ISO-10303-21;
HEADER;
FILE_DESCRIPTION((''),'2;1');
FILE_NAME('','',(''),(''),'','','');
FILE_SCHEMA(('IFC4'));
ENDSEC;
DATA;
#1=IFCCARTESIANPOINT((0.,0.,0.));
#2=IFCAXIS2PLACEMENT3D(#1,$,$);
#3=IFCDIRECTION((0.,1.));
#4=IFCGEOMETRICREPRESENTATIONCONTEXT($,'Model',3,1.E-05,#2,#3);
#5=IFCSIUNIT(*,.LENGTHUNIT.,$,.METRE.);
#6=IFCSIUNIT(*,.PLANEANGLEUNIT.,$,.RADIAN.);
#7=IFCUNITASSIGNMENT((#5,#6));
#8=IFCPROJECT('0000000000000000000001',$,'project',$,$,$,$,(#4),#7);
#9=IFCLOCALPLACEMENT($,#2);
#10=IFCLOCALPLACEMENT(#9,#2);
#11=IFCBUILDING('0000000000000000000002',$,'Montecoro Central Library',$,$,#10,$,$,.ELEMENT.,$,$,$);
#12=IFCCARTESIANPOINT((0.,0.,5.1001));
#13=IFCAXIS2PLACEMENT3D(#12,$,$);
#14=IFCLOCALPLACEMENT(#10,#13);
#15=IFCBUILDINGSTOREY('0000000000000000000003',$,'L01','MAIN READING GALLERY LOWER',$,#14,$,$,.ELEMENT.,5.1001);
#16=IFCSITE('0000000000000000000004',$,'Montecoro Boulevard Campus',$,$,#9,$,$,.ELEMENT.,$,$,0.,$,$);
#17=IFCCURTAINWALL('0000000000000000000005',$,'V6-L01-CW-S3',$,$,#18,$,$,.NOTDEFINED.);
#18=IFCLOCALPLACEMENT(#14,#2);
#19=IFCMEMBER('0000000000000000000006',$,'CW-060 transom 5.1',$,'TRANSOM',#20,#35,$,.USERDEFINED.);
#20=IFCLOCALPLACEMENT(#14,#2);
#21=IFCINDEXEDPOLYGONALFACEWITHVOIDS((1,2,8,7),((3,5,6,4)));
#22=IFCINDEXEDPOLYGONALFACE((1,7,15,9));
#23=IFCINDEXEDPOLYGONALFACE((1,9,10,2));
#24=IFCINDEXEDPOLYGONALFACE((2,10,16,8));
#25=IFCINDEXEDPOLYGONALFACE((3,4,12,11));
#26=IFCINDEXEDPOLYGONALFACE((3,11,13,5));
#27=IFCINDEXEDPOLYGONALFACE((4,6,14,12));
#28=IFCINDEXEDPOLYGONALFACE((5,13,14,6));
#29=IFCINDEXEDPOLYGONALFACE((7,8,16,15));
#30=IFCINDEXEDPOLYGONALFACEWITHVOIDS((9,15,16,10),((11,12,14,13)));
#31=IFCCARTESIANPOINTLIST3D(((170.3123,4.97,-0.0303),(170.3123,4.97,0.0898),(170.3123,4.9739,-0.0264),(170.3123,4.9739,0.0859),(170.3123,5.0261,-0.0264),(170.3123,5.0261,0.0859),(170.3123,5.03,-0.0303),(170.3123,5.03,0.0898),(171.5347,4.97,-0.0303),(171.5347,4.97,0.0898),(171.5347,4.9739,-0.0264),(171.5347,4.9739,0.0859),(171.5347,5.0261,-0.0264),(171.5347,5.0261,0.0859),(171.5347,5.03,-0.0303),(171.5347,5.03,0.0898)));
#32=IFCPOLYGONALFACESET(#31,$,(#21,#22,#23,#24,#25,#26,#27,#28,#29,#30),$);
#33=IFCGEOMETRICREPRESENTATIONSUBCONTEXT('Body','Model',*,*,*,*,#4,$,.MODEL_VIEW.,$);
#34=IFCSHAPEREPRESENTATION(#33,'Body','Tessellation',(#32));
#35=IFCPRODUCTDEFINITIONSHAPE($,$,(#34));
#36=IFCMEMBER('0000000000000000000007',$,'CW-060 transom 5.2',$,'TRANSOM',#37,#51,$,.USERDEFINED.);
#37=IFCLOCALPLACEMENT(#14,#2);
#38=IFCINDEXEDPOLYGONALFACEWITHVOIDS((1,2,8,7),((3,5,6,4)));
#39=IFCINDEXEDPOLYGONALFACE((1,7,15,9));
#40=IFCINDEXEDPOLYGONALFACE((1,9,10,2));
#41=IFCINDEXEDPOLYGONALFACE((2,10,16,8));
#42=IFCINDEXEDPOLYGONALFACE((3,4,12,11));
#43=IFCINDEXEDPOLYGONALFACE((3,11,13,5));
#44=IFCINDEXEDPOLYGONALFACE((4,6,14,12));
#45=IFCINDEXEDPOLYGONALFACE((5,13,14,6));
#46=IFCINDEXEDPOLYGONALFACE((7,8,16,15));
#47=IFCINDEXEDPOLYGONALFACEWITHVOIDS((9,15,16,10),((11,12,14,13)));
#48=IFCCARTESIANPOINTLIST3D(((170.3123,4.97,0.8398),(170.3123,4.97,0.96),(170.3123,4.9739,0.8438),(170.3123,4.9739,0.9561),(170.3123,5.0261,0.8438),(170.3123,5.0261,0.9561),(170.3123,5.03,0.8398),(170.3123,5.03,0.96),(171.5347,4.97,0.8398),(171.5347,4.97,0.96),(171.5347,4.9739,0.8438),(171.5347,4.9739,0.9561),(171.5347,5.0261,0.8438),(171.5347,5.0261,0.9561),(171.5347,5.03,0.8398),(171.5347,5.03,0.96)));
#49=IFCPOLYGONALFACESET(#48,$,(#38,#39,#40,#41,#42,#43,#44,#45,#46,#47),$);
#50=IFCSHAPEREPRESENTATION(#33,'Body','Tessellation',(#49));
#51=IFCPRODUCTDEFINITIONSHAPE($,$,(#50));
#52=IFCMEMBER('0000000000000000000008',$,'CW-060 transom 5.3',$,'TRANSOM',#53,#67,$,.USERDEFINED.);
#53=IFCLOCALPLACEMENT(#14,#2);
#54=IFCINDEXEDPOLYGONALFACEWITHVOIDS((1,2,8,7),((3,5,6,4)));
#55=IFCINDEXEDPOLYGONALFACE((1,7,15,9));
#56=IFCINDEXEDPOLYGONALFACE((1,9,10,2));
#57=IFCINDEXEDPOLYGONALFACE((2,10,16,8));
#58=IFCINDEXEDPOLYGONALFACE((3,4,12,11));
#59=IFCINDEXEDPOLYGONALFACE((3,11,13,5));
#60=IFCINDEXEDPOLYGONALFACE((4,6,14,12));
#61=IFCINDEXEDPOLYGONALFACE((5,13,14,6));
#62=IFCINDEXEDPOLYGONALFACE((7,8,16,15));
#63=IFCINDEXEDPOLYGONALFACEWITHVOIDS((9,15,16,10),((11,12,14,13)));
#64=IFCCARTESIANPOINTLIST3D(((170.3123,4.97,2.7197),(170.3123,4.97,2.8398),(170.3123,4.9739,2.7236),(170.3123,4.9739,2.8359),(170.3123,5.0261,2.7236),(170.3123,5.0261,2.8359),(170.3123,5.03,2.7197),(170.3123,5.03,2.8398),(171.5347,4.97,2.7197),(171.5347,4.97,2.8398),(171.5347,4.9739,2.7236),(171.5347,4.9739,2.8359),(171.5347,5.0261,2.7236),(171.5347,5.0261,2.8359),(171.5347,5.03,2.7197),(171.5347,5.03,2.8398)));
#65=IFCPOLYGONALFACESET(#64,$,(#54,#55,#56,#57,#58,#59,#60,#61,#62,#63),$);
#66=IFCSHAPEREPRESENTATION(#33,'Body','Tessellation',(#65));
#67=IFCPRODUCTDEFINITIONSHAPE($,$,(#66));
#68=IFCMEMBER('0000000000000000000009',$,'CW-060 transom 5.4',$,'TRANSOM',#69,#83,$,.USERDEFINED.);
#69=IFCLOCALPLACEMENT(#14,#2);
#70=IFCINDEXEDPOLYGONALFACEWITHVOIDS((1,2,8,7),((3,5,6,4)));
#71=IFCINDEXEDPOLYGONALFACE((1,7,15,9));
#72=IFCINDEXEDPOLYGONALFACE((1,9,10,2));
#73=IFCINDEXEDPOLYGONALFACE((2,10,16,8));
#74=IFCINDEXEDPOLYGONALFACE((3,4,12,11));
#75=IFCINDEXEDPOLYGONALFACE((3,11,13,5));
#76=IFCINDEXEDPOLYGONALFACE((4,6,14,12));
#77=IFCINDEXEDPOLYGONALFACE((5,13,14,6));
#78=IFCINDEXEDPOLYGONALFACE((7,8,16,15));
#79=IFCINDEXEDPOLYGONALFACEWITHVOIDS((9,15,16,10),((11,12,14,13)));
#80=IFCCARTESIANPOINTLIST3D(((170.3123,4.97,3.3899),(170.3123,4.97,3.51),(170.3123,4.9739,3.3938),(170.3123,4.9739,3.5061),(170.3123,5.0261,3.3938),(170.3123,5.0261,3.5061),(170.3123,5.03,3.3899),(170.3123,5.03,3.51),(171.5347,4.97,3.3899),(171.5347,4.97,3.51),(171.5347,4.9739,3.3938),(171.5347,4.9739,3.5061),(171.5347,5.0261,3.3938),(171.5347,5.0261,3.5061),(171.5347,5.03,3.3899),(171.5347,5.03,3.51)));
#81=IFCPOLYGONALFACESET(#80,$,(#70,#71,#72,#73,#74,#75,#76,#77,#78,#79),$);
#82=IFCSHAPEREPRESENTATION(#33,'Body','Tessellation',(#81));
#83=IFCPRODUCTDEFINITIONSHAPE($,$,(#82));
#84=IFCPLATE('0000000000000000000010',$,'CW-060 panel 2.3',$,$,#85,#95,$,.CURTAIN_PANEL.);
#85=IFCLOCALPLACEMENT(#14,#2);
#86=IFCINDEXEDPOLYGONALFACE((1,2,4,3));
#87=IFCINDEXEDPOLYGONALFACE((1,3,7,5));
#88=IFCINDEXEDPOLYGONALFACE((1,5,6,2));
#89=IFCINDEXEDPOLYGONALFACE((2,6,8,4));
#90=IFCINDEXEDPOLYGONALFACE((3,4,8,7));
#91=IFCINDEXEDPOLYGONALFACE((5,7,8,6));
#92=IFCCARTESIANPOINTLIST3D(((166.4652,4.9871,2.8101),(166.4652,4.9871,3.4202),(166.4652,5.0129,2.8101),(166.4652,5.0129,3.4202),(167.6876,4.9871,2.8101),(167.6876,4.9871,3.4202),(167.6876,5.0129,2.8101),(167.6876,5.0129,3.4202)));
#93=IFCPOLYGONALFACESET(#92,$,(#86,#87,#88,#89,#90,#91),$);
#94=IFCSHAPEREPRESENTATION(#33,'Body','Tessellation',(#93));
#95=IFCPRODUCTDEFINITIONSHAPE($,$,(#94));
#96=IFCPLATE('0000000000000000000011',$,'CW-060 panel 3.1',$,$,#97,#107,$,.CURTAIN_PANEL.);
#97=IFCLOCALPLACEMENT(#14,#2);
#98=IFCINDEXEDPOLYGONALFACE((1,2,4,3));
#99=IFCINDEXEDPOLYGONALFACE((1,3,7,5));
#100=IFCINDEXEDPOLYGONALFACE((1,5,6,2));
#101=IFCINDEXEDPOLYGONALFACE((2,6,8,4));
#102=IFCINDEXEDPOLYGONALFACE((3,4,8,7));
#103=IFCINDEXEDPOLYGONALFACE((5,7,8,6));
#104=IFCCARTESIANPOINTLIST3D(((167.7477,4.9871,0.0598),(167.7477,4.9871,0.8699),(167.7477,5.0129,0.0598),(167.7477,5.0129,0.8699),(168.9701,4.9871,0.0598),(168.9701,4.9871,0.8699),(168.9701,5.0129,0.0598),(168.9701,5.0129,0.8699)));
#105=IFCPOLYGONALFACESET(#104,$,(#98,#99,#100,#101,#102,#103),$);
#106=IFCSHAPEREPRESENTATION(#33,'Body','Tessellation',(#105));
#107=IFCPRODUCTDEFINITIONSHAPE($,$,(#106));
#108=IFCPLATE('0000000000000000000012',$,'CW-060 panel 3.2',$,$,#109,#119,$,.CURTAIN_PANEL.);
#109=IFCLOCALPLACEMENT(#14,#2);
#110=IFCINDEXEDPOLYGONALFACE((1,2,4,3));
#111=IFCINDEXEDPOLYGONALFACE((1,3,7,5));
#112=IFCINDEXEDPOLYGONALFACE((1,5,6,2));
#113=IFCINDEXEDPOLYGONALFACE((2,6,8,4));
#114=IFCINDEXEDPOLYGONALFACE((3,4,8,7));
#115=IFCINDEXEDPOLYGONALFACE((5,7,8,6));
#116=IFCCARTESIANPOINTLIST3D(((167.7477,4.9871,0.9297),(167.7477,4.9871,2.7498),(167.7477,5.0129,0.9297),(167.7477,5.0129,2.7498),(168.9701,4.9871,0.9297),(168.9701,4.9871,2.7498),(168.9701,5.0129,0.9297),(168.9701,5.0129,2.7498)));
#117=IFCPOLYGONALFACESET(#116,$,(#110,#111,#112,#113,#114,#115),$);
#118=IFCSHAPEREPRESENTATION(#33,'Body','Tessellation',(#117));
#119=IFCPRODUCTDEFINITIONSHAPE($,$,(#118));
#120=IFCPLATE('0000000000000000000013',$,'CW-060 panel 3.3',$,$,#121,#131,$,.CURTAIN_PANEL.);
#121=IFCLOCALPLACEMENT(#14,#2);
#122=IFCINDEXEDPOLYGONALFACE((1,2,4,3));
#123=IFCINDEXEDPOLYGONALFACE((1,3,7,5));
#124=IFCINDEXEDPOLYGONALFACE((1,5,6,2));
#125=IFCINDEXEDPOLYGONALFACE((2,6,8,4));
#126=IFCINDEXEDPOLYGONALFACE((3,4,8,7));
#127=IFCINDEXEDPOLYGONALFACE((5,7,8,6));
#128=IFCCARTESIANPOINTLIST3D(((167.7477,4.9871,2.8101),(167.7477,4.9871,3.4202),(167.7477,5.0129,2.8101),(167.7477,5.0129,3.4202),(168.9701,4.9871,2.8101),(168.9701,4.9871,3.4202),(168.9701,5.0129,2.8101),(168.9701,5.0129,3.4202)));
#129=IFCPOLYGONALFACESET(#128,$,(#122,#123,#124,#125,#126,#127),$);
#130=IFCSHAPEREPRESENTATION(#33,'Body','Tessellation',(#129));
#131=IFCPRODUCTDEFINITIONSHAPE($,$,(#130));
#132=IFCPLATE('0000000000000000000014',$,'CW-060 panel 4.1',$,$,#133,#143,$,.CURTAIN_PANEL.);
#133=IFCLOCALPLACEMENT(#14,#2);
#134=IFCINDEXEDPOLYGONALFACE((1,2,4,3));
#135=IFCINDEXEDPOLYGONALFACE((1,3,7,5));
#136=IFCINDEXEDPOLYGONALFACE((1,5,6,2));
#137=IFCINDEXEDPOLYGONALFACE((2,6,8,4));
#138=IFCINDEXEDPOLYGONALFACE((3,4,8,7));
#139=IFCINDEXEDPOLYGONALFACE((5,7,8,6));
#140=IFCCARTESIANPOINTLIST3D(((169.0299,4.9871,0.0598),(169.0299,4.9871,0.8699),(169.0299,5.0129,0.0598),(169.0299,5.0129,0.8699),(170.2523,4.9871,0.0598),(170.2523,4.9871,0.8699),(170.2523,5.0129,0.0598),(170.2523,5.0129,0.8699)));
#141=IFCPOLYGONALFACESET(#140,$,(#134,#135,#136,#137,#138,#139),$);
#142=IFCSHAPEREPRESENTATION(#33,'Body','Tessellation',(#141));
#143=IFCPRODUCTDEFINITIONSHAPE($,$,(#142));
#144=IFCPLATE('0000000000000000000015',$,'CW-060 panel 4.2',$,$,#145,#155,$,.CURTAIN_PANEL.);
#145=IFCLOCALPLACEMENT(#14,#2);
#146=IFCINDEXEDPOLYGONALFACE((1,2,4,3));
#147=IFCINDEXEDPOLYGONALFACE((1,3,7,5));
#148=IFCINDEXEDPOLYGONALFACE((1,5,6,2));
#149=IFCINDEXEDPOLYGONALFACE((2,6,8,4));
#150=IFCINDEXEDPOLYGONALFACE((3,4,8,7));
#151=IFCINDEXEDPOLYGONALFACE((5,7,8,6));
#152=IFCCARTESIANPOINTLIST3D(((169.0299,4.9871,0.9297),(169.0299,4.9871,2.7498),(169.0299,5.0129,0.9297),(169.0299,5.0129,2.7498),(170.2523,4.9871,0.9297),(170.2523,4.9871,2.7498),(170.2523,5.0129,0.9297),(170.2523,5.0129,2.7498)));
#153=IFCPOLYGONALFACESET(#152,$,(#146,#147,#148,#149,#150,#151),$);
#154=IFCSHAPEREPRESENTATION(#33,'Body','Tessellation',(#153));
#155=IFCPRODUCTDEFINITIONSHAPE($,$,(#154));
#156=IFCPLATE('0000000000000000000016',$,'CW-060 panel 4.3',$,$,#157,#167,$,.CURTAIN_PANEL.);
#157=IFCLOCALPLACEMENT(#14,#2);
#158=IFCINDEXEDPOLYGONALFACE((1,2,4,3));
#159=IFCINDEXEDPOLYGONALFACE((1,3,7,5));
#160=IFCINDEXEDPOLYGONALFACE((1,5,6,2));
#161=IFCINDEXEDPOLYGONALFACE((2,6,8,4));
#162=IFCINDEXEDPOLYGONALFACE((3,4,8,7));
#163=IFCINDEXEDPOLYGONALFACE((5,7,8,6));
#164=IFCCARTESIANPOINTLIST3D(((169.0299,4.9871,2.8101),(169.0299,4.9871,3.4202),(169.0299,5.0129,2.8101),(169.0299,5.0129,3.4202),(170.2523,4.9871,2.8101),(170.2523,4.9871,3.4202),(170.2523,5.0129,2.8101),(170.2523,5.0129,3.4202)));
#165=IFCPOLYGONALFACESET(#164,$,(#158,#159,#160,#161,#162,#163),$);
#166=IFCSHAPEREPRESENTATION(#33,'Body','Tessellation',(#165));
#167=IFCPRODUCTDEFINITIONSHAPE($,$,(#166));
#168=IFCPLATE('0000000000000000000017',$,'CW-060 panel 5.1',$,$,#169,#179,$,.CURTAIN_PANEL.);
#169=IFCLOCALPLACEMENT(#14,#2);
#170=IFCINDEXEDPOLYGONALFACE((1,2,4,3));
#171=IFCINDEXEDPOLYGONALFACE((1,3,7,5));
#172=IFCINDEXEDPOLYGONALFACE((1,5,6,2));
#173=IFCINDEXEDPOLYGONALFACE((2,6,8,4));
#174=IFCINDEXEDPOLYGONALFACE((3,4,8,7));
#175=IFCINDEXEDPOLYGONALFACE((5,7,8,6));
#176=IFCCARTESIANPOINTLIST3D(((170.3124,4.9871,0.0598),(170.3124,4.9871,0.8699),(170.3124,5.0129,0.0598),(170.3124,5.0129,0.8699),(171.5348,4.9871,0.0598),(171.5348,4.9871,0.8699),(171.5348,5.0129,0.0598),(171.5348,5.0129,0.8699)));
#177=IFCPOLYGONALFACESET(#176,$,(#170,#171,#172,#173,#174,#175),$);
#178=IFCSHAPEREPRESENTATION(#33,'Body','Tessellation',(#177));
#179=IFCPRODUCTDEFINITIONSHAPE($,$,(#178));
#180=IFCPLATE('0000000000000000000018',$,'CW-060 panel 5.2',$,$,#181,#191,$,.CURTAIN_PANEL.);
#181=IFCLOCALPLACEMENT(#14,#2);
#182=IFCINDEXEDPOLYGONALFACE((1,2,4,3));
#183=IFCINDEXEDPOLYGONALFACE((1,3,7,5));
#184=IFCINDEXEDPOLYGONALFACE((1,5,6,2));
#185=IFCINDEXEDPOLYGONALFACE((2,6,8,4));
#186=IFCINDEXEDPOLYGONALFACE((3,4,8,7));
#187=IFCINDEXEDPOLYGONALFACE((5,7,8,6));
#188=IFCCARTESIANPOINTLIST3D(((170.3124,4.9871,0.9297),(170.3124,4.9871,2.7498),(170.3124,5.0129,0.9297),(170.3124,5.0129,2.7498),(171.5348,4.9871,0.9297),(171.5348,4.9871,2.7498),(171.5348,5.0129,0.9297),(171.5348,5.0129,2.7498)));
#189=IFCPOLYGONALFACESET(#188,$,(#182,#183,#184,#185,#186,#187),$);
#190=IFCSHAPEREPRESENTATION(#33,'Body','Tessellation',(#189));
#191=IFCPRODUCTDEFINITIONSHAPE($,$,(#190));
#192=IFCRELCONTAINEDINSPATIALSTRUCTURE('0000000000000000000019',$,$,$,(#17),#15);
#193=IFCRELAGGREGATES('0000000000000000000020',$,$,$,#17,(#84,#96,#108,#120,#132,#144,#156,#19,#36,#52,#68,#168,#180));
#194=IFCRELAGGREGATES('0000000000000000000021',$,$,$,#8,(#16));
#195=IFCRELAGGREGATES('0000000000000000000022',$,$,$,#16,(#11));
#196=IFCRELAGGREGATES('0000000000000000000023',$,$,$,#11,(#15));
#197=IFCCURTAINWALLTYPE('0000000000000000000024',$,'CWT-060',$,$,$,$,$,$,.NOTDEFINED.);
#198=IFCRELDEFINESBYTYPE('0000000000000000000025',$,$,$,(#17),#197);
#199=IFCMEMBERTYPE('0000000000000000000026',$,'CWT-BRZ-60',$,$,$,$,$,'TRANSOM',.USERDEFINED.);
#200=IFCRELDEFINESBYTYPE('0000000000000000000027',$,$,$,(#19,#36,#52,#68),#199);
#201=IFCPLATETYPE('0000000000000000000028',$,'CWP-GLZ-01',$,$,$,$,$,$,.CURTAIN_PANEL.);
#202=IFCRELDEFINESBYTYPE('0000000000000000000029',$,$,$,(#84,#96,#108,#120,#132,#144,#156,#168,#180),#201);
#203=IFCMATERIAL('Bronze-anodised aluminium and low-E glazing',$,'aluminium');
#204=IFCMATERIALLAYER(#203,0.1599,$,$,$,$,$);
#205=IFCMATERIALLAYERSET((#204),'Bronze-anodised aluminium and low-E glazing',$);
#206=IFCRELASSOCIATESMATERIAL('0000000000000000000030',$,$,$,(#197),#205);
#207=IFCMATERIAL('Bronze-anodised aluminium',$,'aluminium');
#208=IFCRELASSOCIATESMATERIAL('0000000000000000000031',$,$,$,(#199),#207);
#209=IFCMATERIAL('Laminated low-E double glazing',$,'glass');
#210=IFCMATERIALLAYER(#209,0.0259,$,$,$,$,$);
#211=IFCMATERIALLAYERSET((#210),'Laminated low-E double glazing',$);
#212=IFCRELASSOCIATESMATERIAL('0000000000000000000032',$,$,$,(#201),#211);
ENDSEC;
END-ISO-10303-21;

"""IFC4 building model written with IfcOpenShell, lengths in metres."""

from ifc_helpers import new_model, si_unit, direction, frame, origin, origin_2d, place, context, subcontext, project, spatial, rectangle, hollow_rectangle, extrude, material, layer, layer_set, material_profile, profile_set, type_object, element, aggregate, save


model = new_model("IFC4")

# Units and contexts
model_context = context("Model", 3, precision=1e-05, world=origin(), true_north=direction((0.0, 1.0)))
body_context = subcontext(model_context, "Body", "Model", "MODEL_VIEW")
ifc_project = project(units=[si_unit("LENGTHUNIT", "METRE"), si_unit("PLANEANGLEUNIT", "RADIAN")], contexts=[model_context])

# Site, building, storey
site_placement = place(None, origin())
site = spatial("IfcSite", under=ifc_project, at=site_placement, Name="Montecoro Boulevard Campus", CompositionType="ELEMENT", RefElevation=0.0)
building_placement = place(site_placement, origin())
building = spatial("IfcBuilding", under=site, at=building_placement, Name="Montecoro Central Library", CompositionType="ELEMENT")
storey_placement = place(building_placement, frame((0.0, 0.0, 5.1001)))
storey = spatial("IfcBuildingStorey", under=building, at=storey_placement, Name="L01", Description="MAIN READING GALLERY LOWER", CompositionType="ELEMENT", Elevation=5.1001)

# Curtain wall, members, plates
ifc_material_1 = material(Name="Bronze-anodised aluminium and low-E glazing", Category="aluminium")
ifc_layer_1 = layer(ifc_material_1, 0.1599)
ifc_layer_set_1 = layer_set([ifc_layer_1], Name="Bronze-anodised aluminium and low-E glazing")
curtain_wall_type = type_object("IfcCurtainWallType", Name="CWT-060", PredefinedType="NOTDEFINED", material=ifc_layer_set_1)
curtain_wall_placement = place(storey_placement, origin())
curtain_wall = element("IfcCurtainWall", 1, at=curtain_wall_placement, inside=storey, type_object=curtain_wall_type, Name="V6-L01-CW-S3", PredefinedType="NOTDEFINED")
ifc_material_2 = material(Name="Bronze-anodised aluminium", Category="aluminium")
ifc_material_profile_1 = material_profile(ifc_material_2, hollow_rectangle(XDim=0.0601, YDim=0.1201, WallThickness=0.0039, at=origin_2d()), Name="CWT 120x60x4.0")
ifc_profile_set_1 = profile_set([ifc_material_profile_1], Name="Bronze-anodised aluminium")
member_type_1 = type_object("IfcMemberType", Name="CWT-BRZ-60", ElementType="TRANSOM", PredefinedType="USERDEFINED", material=ifc_profile_set_1)
member_1_placement = place(storey_placement, frame((170.3123, 5.0, 0.0298), z_axis=(1.0, 0.0, 0.0), x_axis=(0.0, 1.0, 0.0)))
member_1 = element("IfcMember", 2, at=member_1_placement, type_object=member_type_1, Name="CW-060 transom 5.1", ObjectType="TRANSOM", PredefinedType="USERDEFINED", context=body_context, shape_type="SweptSolid", body=[
    extrude(hollow_rectangle(XDim=0.0601, YDim=0.1201, WallThickness=0.0039, at=origin_2d()), origin(), (0.0, 0.0, 1.0), 1.2224),
])
member_2_placement = place(storey_placement, frame((170.3123, 5.0, 0.8999), z_axis=(1.0, 0.0, 0.0), x_axis=(0.0, 1.0, 0.0)))
member_2 = element("IfcMember", 3, at=member_2_placement, type_object=member_type_1, Name="CW-060 transom 5.2", ObjectType="TRANSOM", PredefinedType="USERDEFINED", context=body_context, shape_type="SweptSolid", body=[
    extrude(hollow_rectangle(XDim=0.0601, YDim=0.1201, WallThickness=0.0039, at=origin_2d()), origin(), (0.0, 0.0, 1.0), 1.2224),
])
member_3_placement = place(storey_placement, frame((170.3123, 5.0, 2.7798), z_axis=(1.0, 0.0, 0.0), x_axis=(0.0, 1.0, 0.0)))
member_3 = element("IfcMember", 4, at=member_3_placement, type_object=member_type_1, Name="CW-060 transom 5.3", ObjectType="TRANSOM", PredefinedType="USERDEFINED", context=body_context, shape_type="SweptSolid", body=[
    extrude(hollow_rectangle(XDim=0.0601, YDim=0.1201, WallThickness=0.0039, at=origin_2d()), origin(), (0.0, 0.0, 1.0), 1.2224),
])
member_4_placement = place(storey_placement, frame((170.3123, 5.0, 3.45), z_axis=(1.0, 0.0, 0.0), x_axis=(0.0, 1.0, 0.0)))
member_4 = element("IfcMember", 5, at=member_4_placement, type_object=member_type_1, Name="CW-060 transom 5.4", ObjectType="TRANSOM", PredefinedType="USERDEFINED", context=body_context, shape_type="SweptSolid", body=[
    extrude(hollow_rectangle(XDim=0.0601, YDim=0.1201, WallThickness=0.0039, at=origin_2d()), origin(), (0.0, 0.0, 1.0), 1.2224),
])
ifc_material_3 = material(Name="Laminated low-E double glazing", Category="glass")
ifc_layer_2 = layer(ifc_material_3, 0.0259)
ifc_layer_set_2 = layer_set([ifc_layer_2], Name="Laminated low-E double glazing")
plate_type = type_object("IfcPlateType", Name="CWP-GLZ-01", PredefinedType="CURTAIN_PANEL", material=ifc_layer_set_2)
plate_1_placement = place(storey_placement, frame((167.0764, 5.0, 2.8101), z_axis=(0.0, 0.0, 1.0), x_axis=(1.0, 0.0, 0.0)))
plate_1 = element("IfcPlate", 6, at=plate_1_placement, type_object=plate_type, Name="CW-060 panel 2.3", PredefinedType="CURTAIN_PANEL", context=body_context, shape_type="SweptSolid", body=[
    extrude(rectangle(XDim=1.2224, YDim=0.0259, at=origin_2d()), origin(), (0.0, 0.0, 1.0), 0.6101),
])
plate_2_placement = place(storey_placement, frame((168.3589, 5.0, 0.0598), z_axis=(0.0, 0.0, 1.0), x_axis=(1.0, 0.0, 0.0)))
plate_2 = element("IfcPlate", 7, at=plate_2_placement, type_object=plate_type, Name="CW-060 panel 3.1", PredefinedType="CURTAIN_PANEL", context=body_context, shape_type="SweptSolid", body=[
    extrude(rectangle(XDim=1.2224, YDim=0.0259, at=origin_2d()), origin(), (0.0, 0.0, 1.0), 0.8101),
])
plate_3_placement = place(storey_placement, frame((168.3589, 5.0, 0.9297), z_axis=(0.0, 0.0, 1.0), x_axis=(1.0, 0.0, 0.0)))
plate_3 = element("IfcPlate", 8, at=plate_3_placement, type_object=plate_type, Name="CW-060 panel 3.2", PredefinedType="CURTAIN_PANEL", context=body_context, shape_type="SweptSolid", body=[
    extrude(rectangle(XDim=1.2224, YDim=0.0259, at=origin_2d()), origin(), (0.0, 0.0, 1.0), 1.8201),
])
plate_4_placement = place(storey_placement, frame((168.3589, 5.0, 2.8101), z_axis=(0.0, 0.0, 1.0), x_axis=(1.0, 0.0, 0.0)))
plate_4 = element("IfcPlate", 9, at=plate_4_placement, type_object=plate_type, Name="CW-060 panel 3.3", PredefinedType="CURTAIN_PANEL", context=body_context, shape_type="SweptSolid", body=[
    extrude(rectangle(XDim=1.2224, YDim=0.0259, at=origin_2d()), origin(), (0.0, 0.0, 1.0), 0.6101),
])
plate_5_placement = place(storey_placement, frame((169.6411, 5.0, 0.0598), z_axis=(0.0, 0.0, 1.0), x_axis=(1.0, 0.0, 0.0)))
plate_5 = element("IfcPlate", 10, at=plate_5_placement, type_object=plate_type, Name="CW-060 panel 4.1", PredefinedType="CURTAIN_PANEL", context=body_context, shape_type="SweptSolid", body=[
    extrude(rectangle(XDim=1.2224, YDim=0.0259, at=origin_2d()), origin(), (0.0, 0.0, 1.0), 0.8101),
])
plate_6_placement = place(storey_placement, frame((169.6411, 5.0, 0.9297), z_axis=(0.0, 0.0, 1.0), x_axis=(1.0, 0.0, 0.0)))
plate_6 = element("IfcPlate", 11, at=plate_6_placement, type_object=plate_type, Name="CW-060 panel 4.2", PredefinedType="CURTAIN_PANEL", context=body_context, shape_type="SweptSolid", body=[
    extrude(rectangle(XDim=1.2224, YDim=0.0259, at=origin_2d()), origin(), (0.0, 0.0, 1.0), 1.8201),
])
plate_7_placement = place(storey_placement, frame((169.6411, 5.0, 2.8101), z_axis=(0.0, 0.0, 1.0), x_axis=(1.0, 0.0, 0.0)))
plate_7 = element("IfcPlate", 12, at=plate_7_placement, type_object=plate_type, Name="CW-060 panel 4.3", PredefinedType="CURTAIN_PANEL", context=body_context, shape_type="SweptSolid", body=[
    extrude(rectangle(XDim=1.2224, YDim=0.0259, at=origin_2d()), origin(), (0.0, 0.0, 1.0), 0.6101),
])
plate_8_placement = place(storey_placement, frame((170.9236, 5.0, 0.0598), z_axis=(0.0, 0.0, 1.0), x_axis=(1.0, 0.0, 0.0)))
plate_8 = element("IfcPlate", 13, at=plate_8_placement, type_object=plate_type, Name="CW-060 panel 5.1", PredefinedType="CURTAIN_PANEL", context=body_context, shape_type="SweptSolid", body=[
    extrude(rectangle(XDim=1.2224, YDim=0.0259, at=origin_2d()), origin(), (0.0, 0.0, 1.0), 0.8101),
])
plate_9_placement = place(storey_placement, frame((170.9236, 5.0, 0.9297), z_axis=(0.0, 0.0, 1.0), x_axis=(1.0, 0.0, 0.0)))
plate_9 = element("IfcPlate", 14, at=plate_9_placement, type_object=plate_type, Name="CW-060 panel 5.2", PredefinedType="CURTAIN_PANEL", context=body_context, shape_type="SweptSolid", body=[
    extrude(rectangle(XDim=1.2224, YDim=0.0259, at=origin_2d()), origin(), (0.0, 0.0, 1.0), 1.8201),
])
aggregate(curtain_wall, [plate_1, plate_2, plate_3, plate_4, plate_5, plate_6, plate_7, member_1, member_2, member_3, member_4, plate_8, plate_9])

save(model, "model.ifc")
